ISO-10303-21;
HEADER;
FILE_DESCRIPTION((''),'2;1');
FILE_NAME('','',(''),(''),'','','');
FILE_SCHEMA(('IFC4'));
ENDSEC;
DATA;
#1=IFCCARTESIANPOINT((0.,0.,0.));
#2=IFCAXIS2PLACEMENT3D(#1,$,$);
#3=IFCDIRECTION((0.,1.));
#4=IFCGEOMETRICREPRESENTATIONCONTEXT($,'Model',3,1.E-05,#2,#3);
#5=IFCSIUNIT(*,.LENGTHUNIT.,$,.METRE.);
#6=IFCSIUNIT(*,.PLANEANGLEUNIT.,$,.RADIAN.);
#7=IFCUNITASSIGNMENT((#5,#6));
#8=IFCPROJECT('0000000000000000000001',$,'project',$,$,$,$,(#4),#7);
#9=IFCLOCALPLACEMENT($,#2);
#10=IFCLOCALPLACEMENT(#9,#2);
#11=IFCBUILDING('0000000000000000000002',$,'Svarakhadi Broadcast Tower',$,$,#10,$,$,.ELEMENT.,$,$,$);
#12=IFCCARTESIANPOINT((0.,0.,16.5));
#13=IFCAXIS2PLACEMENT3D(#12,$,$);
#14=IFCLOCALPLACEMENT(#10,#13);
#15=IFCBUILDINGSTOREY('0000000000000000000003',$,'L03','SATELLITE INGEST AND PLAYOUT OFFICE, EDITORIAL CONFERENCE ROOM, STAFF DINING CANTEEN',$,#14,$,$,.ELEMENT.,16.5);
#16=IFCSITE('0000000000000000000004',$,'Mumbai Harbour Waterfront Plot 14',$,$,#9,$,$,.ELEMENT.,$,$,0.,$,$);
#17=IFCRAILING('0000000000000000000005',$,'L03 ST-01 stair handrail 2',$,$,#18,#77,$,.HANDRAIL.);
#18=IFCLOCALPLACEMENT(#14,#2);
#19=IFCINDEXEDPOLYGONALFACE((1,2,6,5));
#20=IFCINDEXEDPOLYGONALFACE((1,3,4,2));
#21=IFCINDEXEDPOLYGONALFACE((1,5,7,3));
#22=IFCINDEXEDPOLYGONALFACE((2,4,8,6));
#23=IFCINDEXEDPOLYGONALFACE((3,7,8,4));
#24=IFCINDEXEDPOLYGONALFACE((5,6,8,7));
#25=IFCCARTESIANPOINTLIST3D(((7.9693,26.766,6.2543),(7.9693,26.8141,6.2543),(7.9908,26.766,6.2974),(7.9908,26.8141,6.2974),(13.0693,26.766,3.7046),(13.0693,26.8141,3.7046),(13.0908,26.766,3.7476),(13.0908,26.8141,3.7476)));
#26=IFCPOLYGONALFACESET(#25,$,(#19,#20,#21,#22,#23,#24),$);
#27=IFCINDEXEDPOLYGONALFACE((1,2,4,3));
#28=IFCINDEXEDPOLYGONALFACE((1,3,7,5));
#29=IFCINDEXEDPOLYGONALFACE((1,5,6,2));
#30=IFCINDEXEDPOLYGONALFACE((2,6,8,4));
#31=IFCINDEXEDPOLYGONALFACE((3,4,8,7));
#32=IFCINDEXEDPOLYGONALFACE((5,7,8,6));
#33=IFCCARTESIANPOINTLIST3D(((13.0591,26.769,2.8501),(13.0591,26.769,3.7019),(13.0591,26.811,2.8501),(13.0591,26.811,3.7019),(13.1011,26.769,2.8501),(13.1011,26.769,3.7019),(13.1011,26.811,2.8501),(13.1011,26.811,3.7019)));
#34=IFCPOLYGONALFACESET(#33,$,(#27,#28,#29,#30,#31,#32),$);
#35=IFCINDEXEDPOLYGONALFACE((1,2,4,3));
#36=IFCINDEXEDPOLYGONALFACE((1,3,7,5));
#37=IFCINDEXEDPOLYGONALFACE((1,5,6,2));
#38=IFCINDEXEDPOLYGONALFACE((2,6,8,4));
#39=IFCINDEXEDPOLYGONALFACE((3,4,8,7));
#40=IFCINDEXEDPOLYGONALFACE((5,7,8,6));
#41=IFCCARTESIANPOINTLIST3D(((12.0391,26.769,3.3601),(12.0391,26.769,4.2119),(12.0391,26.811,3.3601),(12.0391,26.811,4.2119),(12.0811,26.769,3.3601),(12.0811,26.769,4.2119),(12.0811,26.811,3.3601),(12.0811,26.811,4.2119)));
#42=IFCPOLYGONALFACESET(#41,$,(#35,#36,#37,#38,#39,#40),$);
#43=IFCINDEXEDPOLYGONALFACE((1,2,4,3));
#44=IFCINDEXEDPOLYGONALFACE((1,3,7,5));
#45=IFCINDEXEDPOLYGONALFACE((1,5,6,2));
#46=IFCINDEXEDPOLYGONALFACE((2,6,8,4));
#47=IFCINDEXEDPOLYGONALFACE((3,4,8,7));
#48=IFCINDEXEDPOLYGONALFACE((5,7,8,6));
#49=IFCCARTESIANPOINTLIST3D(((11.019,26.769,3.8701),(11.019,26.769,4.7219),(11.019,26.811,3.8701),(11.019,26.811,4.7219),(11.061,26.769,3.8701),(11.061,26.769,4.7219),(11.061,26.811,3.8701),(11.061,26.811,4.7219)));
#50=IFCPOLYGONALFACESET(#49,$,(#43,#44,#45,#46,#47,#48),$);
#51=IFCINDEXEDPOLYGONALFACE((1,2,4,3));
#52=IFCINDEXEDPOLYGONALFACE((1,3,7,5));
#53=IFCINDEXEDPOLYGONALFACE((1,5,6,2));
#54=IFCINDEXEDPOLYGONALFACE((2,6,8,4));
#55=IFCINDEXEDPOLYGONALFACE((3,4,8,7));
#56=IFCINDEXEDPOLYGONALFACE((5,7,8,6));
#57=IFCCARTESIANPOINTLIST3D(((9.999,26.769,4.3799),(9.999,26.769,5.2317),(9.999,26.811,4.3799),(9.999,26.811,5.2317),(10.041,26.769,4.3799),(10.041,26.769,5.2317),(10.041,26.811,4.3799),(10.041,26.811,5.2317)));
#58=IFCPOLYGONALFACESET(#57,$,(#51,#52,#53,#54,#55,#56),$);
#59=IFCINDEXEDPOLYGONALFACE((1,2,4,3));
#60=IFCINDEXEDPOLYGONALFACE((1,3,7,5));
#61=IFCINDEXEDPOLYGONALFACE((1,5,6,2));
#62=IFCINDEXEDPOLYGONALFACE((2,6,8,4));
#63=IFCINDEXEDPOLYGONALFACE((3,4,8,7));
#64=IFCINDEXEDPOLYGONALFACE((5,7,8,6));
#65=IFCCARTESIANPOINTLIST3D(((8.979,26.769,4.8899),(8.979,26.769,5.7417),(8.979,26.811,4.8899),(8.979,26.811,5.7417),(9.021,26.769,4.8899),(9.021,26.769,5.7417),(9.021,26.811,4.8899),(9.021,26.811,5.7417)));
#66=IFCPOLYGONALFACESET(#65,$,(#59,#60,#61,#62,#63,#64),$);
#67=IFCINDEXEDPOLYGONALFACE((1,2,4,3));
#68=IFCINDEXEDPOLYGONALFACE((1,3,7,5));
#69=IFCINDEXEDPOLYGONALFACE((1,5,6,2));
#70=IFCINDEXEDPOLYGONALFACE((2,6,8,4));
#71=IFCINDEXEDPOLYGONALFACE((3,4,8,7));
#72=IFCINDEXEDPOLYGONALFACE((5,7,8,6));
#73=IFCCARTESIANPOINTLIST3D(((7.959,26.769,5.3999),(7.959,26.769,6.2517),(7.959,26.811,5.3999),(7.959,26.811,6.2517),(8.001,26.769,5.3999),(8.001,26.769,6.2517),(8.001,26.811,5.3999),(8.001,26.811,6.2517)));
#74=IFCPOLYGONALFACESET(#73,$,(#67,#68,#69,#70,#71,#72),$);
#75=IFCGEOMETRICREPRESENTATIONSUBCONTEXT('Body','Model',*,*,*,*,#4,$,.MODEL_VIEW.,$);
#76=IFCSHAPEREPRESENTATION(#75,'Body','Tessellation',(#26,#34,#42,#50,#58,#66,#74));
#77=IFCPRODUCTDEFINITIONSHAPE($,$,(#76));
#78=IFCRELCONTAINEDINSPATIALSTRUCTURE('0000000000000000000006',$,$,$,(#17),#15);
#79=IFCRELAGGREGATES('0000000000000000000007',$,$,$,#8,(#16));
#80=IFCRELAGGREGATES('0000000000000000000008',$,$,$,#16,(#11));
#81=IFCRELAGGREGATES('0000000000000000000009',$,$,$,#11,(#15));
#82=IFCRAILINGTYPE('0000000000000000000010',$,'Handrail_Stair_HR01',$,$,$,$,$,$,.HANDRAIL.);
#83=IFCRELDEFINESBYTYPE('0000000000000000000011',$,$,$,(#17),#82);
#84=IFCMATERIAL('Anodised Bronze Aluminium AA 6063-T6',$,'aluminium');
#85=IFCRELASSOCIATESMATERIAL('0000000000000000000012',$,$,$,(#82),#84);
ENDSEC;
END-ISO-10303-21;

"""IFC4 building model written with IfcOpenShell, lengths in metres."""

from ifc_helpers import new_model, si_unit, direction, frame, origin, origin_2d, place, context, subcontext, project, spatial, rectangle, extrude, material, type_object, element, save


model = new_model("IFC4")

# Units and contexts
model_context = context("Model", 3, precision=1e-05, world=origin(), true_north=direction((0.0, 1.0)))
body_context = subcontext(model_context, "Body", "Model", "MODEL_VIEW")
ifc_project = project(units=[si_unit("LENGTHUNIT", "METRE"), si_unit("PLANEANGLEUNIT", "RADIAN")], contexts=[model_context])

# Site, building, storey
site_placement = place(None, origin())
site = spatial("IfcSite", under=ifc_project, at=site_placement, Name="Mumbai Harbour Waterfront Plot 14", CompositionType="ELEMENT", RefElevation=0.0)
building_placement = place(site_placement, origin())
building = spatial("IfcBuilding", under=site, at=building_placement, Name="Svarakhadi Broadcast Tower", CompositionType="ELEMENT")
storey_placement = place(building_placement, frame((0.0, 0.0, 16.5)))
storey = spatial("IfcBuildingStorey", under=building, at=storey_placement, Name="L03", Description="SATELLITE INGEST AND PLAYOUT OFFICE, EDITORIAL CONFERENCE ROOM, STAFF DINING CANTEEN", CompositionType="ELEMENT", Elevation=16.5)

# Shared definitions
ifc_material_1 = material(Name="Anodised Bronze Aluminium AA 6063-T6", Category="aluminium")

# Railing
railing_type_1 = type_object("IfcRailingType", Name="Handrail_Stair_HR01", PredefinedType="HANDRAIL", material=ifc_material_1)
railing_1_placement = place(storey_placement, frame((13.0801, 26.79, 2.8501)))
element("IfcRailing", 1, at=railing_1_placement, inside=storey, type_object=railing_type_1, Name="L03 ST-01 stair handrail 2", PredefinedType="HANDRAIL", context=body_context, shape_type="SweptSolid", body=[
    extrude(rectangle(XDim=0.0481, YDim=0.0481, at=origin_2d()), frame((0.0, 0.0, 0.876), z_axis=(-0.894444, 0.0, 0.447179), x_axis=(0.0, -1.0, 0.0)), (0.0, 0.0, 1.0), 5.7019),
    extrude(rectangle(XDim=0.042, YDim=0.042, at=origin_2d()), origin(), (0.0, 0.0, 1.0), 0.8518),
    extrude(rectangle(XDim=0.042, YDim=0.042, at=origin_2d()), frame((-1.02, 0.0, 0.51)), (0.0, 0.0, 1.0), 0.8518),
    extrude(rectangle(XDim=0.042, YDim=0.042, at=origin_2d()), frame((-2.04, 0.0, 1.02)), (0.0, 0.0, 1.0), 0.8518),
    extrude(rectangle(XDim=0.042, YDim=0.042, at=origin_2d()), frame((-3.0601, 0.0, 1.5298)), (0.0, 0.0, 1.0), 0.8518),
    extrude(rectangle(XDim=0.042, YDim=0.042, at=origin_2d()), frame((-4.0801, 0.0, 2.0398)), (0.0, 0.0, 1.0), 0.8518),
    extrude(rectangle(XDim=0.042, YDim=0.042, at=origin_2d()), frame((-5.1001, 0.0, 2.5498)), (0.0, 0.0, 1.0), 0.8518),
])

save(model, "model.ifc")
